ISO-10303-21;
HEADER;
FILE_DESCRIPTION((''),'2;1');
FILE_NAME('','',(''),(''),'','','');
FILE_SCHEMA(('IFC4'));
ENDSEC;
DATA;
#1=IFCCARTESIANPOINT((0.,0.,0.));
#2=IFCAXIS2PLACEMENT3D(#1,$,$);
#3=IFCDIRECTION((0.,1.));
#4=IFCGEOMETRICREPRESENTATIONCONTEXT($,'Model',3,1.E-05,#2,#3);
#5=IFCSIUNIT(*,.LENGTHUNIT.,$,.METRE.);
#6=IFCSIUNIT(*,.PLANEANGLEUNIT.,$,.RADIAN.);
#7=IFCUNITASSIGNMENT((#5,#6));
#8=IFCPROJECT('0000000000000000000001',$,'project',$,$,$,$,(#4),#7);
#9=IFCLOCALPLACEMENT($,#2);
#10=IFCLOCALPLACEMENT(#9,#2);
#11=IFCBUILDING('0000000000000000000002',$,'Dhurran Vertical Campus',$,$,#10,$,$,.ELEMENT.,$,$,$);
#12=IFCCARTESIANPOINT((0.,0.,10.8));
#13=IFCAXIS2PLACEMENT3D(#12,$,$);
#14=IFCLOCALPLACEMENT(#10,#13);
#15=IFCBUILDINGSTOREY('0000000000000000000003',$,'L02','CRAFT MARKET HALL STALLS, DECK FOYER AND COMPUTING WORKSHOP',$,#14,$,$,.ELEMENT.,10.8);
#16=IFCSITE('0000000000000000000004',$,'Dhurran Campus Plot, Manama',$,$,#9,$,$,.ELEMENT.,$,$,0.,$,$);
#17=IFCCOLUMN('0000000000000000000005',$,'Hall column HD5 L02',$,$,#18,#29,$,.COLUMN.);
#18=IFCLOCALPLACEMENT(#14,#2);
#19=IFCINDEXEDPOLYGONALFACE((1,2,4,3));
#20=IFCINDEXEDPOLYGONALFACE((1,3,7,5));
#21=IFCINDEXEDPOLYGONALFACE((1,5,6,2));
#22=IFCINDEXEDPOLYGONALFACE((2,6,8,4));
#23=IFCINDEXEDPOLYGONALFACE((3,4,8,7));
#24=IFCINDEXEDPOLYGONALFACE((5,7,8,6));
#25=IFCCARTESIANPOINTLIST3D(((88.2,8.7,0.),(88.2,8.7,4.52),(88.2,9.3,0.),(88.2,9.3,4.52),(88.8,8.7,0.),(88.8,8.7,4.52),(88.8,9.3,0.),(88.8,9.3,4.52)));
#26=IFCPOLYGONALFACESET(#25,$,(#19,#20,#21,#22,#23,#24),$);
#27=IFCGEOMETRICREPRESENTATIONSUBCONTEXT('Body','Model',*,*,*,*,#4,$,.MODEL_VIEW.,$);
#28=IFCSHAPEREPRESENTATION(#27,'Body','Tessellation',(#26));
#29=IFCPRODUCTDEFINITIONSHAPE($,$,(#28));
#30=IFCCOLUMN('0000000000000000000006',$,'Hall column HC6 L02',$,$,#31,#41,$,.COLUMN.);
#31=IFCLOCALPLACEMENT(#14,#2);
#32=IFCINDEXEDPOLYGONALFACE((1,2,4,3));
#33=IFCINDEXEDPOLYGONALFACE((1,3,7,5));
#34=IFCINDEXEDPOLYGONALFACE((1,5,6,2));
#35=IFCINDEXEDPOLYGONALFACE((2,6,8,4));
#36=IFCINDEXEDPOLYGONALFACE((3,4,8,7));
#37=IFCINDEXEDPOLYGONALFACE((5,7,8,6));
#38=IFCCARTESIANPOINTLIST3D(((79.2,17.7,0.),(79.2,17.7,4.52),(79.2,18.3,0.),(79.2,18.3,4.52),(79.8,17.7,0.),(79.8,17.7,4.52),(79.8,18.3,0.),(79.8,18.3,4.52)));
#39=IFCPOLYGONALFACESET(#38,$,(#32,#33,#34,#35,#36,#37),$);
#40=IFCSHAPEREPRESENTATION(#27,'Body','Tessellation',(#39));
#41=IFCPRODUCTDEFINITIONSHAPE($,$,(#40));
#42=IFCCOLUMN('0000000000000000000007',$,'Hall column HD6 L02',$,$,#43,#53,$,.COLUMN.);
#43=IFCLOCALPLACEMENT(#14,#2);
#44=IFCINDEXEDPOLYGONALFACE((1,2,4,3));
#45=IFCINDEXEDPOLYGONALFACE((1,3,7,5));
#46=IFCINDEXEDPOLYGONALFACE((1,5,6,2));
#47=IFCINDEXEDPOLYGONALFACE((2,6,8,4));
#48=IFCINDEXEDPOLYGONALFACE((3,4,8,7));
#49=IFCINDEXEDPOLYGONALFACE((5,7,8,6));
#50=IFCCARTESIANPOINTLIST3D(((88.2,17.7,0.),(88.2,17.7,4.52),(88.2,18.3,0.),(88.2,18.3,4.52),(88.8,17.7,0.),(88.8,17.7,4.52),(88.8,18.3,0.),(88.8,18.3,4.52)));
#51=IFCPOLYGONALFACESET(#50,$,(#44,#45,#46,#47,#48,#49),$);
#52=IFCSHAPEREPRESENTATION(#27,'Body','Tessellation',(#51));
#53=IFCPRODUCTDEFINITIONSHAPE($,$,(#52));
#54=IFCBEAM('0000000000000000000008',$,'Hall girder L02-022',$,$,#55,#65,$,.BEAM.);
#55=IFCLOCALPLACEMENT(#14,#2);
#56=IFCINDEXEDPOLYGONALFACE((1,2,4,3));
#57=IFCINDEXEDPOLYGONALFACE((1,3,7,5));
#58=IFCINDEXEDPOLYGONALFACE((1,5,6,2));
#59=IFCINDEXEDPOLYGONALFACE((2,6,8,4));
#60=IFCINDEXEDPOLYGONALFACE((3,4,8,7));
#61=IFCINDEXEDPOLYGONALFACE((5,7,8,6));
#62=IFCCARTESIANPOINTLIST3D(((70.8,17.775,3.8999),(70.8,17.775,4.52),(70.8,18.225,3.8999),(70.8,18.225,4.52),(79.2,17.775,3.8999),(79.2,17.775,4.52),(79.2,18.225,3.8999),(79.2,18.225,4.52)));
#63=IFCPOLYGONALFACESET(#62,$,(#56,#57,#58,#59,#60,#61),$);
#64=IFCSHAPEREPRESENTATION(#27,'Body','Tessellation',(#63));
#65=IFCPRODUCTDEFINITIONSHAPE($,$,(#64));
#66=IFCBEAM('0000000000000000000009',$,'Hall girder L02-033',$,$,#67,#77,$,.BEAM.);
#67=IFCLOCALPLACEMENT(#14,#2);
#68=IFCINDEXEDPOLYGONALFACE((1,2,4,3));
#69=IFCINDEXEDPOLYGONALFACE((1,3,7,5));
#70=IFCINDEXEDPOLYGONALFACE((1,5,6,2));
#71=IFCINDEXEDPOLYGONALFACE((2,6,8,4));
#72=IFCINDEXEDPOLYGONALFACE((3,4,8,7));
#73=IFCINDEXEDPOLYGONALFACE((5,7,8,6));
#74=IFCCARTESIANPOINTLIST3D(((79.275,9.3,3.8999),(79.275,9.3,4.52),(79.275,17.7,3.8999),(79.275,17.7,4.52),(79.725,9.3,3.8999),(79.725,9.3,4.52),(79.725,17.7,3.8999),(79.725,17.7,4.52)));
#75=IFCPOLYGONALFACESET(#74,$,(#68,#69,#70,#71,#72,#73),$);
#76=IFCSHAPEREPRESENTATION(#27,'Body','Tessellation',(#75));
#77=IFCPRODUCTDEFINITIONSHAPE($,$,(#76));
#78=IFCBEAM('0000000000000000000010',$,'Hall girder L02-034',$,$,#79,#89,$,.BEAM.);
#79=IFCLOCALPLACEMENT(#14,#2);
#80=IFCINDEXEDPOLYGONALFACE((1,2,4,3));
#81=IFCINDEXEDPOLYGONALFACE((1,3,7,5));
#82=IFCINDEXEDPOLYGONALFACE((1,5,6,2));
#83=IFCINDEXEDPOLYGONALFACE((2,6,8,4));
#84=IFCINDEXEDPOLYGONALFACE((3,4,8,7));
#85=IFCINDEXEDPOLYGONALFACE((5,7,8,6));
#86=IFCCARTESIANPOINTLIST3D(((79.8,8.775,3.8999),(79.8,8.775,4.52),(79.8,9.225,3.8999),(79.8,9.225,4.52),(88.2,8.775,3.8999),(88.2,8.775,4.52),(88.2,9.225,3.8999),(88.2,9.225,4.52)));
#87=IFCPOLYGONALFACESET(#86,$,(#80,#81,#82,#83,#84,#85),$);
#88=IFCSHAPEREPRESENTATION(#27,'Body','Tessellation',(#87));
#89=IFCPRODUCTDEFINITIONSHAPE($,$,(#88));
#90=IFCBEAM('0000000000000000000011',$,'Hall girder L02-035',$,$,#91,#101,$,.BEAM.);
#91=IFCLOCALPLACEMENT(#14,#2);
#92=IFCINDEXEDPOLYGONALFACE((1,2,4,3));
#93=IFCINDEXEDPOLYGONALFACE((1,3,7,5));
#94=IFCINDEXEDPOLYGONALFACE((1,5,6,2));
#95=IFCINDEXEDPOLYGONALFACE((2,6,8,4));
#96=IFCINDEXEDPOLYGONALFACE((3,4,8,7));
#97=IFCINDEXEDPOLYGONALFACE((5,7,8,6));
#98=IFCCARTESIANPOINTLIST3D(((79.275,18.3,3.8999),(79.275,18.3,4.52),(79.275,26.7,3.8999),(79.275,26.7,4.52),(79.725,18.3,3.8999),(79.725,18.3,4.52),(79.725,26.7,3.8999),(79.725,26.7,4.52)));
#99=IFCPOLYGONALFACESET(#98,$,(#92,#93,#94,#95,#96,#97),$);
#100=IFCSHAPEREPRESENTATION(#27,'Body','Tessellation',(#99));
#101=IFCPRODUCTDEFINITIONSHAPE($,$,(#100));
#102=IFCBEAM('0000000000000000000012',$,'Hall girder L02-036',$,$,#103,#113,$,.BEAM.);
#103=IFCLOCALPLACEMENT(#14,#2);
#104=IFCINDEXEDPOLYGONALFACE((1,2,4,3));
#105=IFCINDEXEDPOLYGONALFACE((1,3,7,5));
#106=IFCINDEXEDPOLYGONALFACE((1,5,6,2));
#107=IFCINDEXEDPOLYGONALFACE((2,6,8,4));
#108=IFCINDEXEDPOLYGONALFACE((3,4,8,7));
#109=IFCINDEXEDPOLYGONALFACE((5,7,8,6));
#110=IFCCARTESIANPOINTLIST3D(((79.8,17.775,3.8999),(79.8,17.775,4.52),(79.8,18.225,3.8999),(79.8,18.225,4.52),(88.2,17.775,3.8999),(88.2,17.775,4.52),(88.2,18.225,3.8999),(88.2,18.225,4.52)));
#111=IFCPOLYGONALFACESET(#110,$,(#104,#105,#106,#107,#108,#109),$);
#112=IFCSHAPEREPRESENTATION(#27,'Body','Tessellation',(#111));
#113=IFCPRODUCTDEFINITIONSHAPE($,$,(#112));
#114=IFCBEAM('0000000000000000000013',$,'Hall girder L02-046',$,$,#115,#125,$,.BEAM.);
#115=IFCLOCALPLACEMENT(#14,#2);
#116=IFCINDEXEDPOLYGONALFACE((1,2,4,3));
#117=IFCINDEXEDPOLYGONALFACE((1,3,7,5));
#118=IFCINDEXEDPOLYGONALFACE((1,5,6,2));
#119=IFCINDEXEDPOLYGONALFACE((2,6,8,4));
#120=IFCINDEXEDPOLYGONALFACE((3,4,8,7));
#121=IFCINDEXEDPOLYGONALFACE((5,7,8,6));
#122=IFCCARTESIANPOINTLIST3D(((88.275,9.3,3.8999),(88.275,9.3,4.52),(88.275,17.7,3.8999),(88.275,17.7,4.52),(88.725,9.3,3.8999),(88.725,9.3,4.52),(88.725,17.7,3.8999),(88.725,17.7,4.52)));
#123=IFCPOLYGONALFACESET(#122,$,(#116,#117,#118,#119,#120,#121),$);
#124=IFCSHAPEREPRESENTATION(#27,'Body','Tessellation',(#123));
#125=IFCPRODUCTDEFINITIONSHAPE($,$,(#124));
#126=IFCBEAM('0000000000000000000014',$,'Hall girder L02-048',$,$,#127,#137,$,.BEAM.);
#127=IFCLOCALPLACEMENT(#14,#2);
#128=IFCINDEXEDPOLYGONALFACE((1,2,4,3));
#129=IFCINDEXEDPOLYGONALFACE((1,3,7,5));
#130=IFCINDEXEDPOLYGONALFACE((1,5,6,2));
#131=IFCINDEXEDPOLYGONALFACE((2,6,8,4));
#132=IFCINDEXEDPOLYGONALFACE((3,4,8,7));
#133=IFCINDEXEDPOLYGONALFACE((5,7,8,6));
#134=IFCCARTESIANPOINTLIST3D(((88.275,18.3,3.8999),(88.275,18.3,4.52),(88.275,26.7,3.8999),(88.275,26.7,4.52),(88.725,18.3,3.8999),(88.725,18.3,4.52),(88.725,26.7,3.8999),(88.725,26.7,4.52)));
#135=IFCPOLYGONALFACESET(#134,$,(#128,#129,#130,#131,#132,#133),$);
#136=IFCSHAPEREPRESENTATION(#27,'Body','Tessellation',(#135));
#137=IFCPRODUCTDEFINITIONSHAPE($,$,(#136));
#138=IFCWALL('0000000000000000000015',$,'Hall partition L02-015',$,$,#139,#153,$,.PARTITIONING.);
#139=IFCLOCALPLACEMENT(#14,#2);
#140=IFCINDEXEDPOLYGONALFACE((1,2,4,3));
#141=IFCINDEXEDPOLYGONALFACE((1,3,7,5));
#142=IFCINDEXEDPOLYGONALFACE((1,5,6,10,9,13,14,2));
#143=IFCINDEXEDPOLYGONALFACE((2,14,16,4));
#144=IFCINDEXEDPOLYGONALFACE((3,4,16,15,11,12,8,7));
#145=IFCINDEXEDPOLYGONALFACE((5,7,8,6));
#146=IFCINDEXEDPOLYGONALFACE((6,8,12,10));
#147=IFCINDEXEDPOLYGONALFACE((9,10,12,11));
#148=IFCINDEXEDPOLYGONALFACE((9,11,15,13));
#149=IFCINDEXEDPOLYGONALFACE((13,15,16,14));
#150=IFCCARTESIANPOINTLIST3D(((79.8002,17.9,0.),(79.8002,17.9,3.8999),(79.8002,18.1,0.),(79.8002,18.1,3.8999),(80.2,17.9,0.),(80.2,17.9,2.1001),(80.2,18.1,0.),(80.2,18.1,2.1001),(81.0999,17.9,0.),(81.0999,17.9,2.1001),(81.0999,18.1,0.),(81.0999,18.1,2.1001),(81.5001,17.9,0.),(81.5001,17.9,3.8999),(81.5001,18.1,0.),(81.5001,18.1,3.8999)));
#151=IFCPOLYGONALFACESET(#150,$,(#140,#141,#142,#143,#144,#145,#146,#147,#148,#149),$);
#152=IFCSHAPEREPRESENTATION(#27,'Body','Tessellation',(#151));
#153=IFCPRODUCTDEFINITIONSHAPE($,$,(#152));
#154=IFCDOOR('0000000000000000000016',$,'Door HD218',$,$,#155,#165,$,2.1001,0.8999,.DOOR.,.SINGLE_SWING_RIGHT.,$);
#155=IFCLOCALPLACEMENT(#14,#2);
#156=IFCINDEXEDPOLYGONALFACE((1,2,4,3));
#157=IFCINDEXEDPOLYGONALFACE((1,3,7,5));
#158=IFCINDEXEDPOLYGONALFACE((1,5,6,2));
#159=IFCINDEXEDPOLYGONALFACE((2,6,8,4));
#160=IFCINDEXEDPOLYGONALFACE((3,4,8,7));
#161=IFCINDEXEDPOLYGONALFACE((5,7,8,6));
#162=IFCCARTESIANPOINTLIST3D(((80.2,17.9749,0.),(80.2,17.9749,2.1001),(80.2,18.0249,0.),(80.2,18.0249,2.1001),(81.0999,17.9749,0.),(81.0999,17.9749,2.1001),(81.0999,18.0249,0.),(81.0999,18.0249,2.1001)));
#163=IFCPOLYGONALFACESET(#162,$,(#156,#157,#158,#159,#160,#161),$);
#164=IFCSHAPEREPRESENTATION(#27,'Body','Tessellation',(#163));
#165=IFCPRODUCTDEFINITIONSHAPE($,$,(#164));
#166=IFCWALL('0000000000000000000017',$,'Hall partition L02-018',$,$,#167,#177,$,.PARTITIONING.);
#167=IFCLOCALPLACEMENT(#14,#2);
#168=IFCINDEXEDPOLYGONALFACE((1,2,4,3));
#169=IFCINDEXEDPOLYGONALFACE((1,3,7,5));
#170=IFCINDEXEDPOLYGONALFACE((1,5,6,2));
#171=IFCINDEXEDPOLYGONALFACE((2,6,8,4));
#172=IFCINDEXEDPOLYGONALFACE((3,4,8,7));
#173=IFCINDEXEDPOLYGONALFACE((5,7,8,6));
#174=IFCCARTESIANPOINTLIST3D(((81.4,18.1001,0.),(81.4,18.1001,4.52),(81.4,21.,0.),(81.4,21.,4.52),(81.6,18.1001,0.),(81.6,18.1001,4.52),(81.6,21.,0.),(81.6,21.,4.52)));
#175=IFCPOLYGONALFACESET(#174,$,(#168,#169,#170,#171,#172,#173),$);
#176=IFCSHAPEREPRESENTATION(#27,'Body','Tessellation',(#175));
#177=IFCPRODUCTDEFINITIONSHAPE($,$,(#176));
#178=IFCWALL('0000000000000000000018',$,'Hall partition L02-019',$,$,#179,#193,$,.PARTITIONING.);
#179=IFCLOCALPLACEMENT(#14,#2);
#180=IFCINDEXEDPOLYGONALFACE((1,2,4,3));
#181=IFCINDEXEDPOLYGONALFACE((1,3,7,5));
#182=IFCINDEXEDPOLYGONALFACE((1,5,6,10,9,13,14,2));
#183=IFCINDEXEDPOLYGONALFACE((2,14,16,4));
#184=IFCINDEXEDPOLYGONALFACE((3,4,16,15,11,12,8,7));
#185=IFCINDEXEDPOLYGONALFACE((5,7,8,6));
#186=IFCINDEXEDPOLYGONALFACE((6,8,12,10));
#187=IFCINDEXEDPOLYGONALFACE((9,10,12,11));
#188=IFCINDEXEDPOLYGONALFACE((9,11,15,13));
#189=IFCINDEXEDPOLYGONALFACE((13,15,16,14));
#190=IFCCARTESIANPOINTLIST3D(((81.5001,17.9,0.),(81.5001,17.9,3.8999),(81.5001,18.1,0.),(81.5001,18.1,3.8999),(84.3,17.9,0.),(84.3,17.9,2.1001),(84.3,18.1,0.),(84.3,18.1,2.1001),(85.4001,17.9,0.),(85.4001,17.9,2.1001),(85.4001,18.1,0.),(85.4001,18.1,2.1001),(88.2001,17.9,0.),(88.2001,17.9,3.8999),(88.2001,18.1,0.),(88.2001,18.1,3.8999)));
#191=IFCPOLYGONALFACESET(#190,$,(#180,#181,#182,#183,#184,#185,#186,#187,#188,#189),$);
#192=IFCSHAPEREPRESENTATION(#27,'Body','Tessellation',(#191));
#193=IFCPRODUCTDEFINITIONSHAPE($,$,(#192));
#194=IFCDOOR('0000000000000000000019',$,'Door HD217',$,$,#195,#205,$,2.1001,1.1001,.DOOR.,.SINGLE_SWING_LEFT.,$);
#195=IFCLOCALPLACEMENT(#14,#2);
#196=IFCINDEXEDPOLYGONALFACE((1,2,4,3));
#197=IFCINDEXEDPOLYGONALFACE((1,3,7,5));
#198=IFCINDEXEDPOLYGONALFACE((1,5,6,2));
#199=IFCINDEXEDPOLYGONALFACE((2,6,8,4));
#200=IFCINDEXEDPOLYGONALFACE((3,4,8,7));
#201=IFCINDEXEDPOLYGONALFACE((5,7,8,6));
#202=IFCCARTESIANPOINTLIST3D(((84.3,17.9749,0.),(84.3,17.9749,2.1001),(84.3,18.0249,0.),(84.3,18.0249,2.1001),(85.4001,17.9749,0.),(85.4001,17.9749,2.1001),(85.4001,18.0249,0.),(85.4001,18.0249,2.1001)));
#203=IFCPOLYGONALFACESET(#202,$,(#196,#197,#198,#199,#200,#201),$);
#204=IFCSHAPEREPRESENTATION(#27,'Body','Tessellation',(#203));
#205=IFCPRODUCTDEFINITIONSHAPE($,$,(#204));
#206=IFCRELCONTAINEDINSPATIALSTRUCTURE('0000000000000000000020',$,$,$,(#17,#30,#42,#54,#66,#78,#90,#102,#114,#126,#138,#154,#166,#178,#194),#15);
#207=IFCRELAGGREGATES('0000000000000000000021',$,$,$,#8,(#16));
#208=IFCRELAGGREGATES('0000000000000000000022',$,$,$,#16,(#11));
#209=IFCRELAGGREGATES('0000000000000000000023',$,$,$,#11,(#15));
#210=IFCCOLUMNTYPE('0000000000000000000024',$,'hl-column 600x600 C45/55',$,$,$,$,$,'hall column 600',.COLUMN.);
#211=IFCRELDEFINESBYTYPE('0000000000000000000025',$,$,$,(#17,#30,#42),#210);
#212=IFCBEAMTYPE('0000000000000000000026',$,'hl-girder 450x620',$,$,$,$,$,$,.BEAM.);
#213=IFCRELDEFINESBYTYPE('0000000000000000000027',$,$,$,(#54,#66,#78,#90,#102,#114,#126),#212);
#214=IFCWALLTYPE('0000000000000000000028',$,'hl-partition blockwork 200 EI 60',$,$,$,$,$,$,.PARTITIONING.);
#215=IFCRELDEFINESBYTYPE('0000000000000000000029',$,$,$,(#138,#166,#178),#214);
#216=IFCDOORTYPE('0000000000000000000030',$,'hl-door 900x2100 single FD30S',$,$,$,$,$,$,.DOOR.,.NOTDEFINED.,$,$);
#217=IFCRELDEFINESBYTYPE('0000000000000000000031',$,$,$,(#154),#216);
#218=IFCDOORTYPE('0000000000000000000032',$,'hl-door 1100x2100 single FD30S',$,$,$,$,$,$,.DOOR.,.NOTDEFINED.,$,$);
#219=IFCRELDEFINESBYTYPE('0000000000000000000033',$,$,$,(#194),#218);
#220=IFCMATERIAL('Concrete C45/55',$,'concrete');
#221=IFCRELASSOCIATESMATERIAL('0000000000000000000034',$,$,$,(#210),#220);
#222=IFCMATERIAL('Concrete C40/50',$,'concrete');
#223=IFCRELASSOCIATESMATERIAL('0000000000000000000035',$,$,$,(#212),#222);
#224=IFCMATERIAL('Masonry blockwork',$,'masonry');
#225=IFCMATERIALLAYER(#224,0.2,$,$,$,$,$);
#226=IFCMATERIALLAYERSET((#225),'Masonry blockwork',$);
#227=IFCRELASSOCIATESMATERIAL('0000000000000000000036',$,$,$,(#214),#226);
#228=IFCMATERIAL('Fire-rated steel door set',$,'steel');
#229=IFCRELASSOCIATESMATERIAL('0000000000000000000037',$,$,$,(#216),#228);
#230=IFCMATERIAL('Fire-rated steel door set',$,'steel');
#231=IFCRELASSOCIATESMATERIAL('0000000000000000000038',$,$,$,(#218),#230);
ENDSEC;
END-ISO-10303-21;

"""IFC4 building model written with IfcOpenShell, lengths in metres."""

from ifc_helpers import new_model, si_unit, direction, frame, frame_2d, origin, origin_2d, place, context, subcontext, project, spatial, rectangle, extrude, material, layer, layer_set, material_profile, profile_set, type_object, element, fill, save


model = new_model("IFC4")

# Units and contexts
model_context = context("Model", 3, precision=1e-05, world=origin(), true_north=direction((0.0, 1.0)))
body_context = subcontext(model_context, "Body", "Model", "MODEL_VIEW")
ifc_project = project(units=[si_unit("LENGTHUNIT", "METRE"), si_unit("PLANEANGLEUNIT", "RADIAN")], contexts=[model_context])

# Site, building, storey
site_placement = place(None, origin())
site = spatial("IfcSite", under=ifc_project, at=site_placement, Name="Dhurran Campus Plot, Manama", CompositionType="ELEMENT", RefElevation=0.0)
building_placement = place(site_placement, origin())
building = spatial("IfcBuilding", under=site, at=building_placement, Name="Dhurran Vertical Campus", CompositionType="ELEMENT")
storey_placement = place(building_placement, frame((0.0, 0.0, 10.8)))
storey = spatial("IfcBuildingStorey", under=building, at=storey_placement, Name="L02", Description="CRAFT MARKET HALL STALLS, DECK FOYER AND COMPUTING WORKSHOP", CompositionType="ELEMENT", Elevation=10.8)

# Columns
ifc_material_1 = material(Name="Concrete C45/55", Category="concrete")
ifc_material_profile_1 = material_profile(ifc_material_1, rectangle(XDim=0.6001, YDim=0.6001, at=origin_2d()), Name="hl-column 600x600 C45/55")
ifc_profile_set_1 = profile_set([ifc_material_profile_1], Name="Concrete C45/55")
column_type = type_object("IfcColumnType", Name="hl-column 600x600 C45/55", ElementType="hall column 600", PredefinedType="COLUMN", material=ifc_profile_set_1)
for number, where, z_axis, x_axis, name in (
    (1, (88.5, 9.0, 0.0), (0.0, 0.0, 1.0), (1.0, 0.0, 0.0), "Hall column HD5 L02"),
    (2, (79.5, 18.0, 0.0), (0.0, 0.0, 1.0), (1.0, 0.0, 0.0), "Hall column HC6 L02"),
    (3, (88.5, 18.0, 0.0), (0.0, 0.0, 1.0), (1.0, 0.0, 0.0), "Hall column HD6 L02"),
):
    element("IfcColumn", number, at=place(storey_placement, frame(where, z_axis=z_axis, x_axis=x_axis)), inside=storey, type_object=column_type, Name=name, PredefinedType="COLUMN", context=body_context, shape_type="SweptSolid", body=[
        extrude(rectangle(XDim=0.6001, YDim=0.6001, at=origin_2d()), origin(), (0.0, 0.0, 1.0), 4.52),
    ])

# Beams
ifc_material_2 = material(Name="Concrete C40/50", Category="concrete")
ifc_material_profile_2 = material_profile(ifc_material_2, rectangle(XDim=0.45, YDim=0.6201, at=origin_2d()), Name="hl-girder 450x620")
ifc_profile_set_2 = profile_set([ifc_material_profile_2], Name="Concrete C40/50")
beam_type = type_object("IfcBeamType", Name="hl-girder 450x620", PredefinedType="BEAM", material=ifc_profile_set_2)
for number, where, z_axis, x_axis, name in (
    (4, (70.8, 18.0, 4.21), (1.0, 0.0, 0.0), (0.0, 1.0, 0.0), "Hall girder L02-022"),
    (5, (79.5, 9.3, 4.21), (0.0, 1.0, 0.0), (-1.0, 0.0, 0.0), "Hall girder L02-033"),
    (6, (79.8, 9.0, 4.21), (1.0, 0.0, 0.0), (0.0, 1.0, 0.0), "Hall girder L02-034"),
    (7, (79.5, 18.3, 4.21), (0.0, 1.0, 0.0), (-1.0, 0.0, 0.0), "Hall girder L02-035"),
    (8, (79.8, 18.0, 4.21), (1.0, 0.0, 0.0), (0.0, 1.0, 0.0), "Hall girder L02-036"),
    (9, (88.5, 9.3, 4.21), (0.0, 1.0, 0.0), (-1.0, 0.0, 0.0), "Hall girder L02-046"),
    (10, (88.5, 18.3, 4.21), (0.0, 1.0, 0.0), (-1.0, 0.0, 0.0), "Hall girder L02-048"),
):
    element("IfcBeam", number, at=place(storey_placement, frame(where, z_axis=z_axis, x_axis=x_axis)), inside=storey, type_object=beam_type, Name=name, PredefinedType="BEAM", context=body_context, shape_type="SweptSolid", body=[
        extrude(rectangle(XDim=0.45, YDim=0.6201, at=origin_2d()), origin(), (0.0, 0.0, 1.0), 8.3999),
    ])

# Wall, opening, door
ifc_material_3 = material(Name="Masonry blockwork", Category="masonry")
ifc_layer_1 = layer(ifc_material_3, 0.2)
ifc_layer_set_1 = layer_set([ifc_layer_1], Name="Masonry blockwork")
wall_type_1 = type_object("IfcWallType", Name="hl-partition blockwork 200 EI 60", PredefinedType="PARTITIONING", material=ifc_layer_set_1)
wall_1_placement = place(storey_placement, frame((79.8, 18.0, 0.0), z_axis=(0.0, 0.0, 1.0), x_axis=(1.0, 0.0, 0.0)))
wall_1 = element("IfcWall", 11, at=wall_1_placement, inside=storey, type_object=wall_type_1, Name="Hall partition L02-015", PredefinedType="PARTITIONING", context=body_context, shape_type="SweptSolid", body=[
    extrude(rectangle(XDim=1.7, YDim=0.2, at=frame_2d((0.8501, 0.0))), origin(), (0.0, 0.0, 1.0), 3.8999),
])
opening_1_placement = place(wall_1_placement, frame((0.3999, 0.0, 0.0)))
opening_1 = element("IfcOpeningElement", 12, at=opening_1_placement, cuts=wall_1, PredefinedType="OPENING", context=body_context, shape_type="SweptSolid", body=[
    extrude(rectangle(XDim=0.8999, YDim=2.1001, at=frame_2d((0.45, 1.05))), frame((0.0, 0.1099, 0.0), z_axis=(0.0, -1.0, 0.0), x_axis=(1.0, 0.0, 0.0)), (0.0, 0.0, 1.0), 0.22),
])
ifc_material_4 = material(Name="Fire-rated steel door set", Category="steel")
door_type_1 = type_object("IfcDoorType", Name="hl-door 900x2100 single FD30S", OperationType="NOTDEFINED", PredefinedType="DOOR", material=ifc_material_4)
door_1_placement = place(opening_1_placement, origin())
door_1 = element("IfcDoor", 13, at=door_1_placement, inside=storey, type_object=door_type_1, Name="Door HD218", OperationType="SINGLE_SWING_RIGHT", OverallHeight=2.1001, OverallWidth=0.8999, PredefinedType="DOOR", context=body_context, shape_type="SweptSolid", body=[
    extrude(rectangle(XDim=0.8999, YDim=2.1001, at=frame_2d((0.45, 1.05))), frame((0.0, 0.0249, 0.0), z_axis=(0.0, -1.0, 0.0), x_axis=(1.0, 0.0, 0.0)), (0.0, 0.0, 1.0), 0.05),
])
fill(opening_1, door_1)

# Wall
wall_2_placement = place(storey_placement, frame((81.5, 18.1001, 0.0), z_axis=(0.0, 0.0, 1.0), x_axis=(0.0, 1.0, 0.0)))
element("IfcWall", 14, at=wall_2_placement, inside=storey, type_object=wall_type_1, Name="Hall partition L02-018", PredefinedType="PARTITIONING", context=body_context, shape_type="SweptSolid", body=[
    extrude(rectangle(XDim=2.8999, YDim=0.2, at=frame_2d((1.45, 0.0))), origin(), (0.0, 0.0, 1.0), 4.52),
])

# Wall, opening, door
wall_3_placement = place(storey_placement, frame((81.5, 18.0, 0.0), z_axis=(0.0, 0.0, 1.0), x_axis=(1.0, 0.0, 0.0)))
wall_3 = element("IfcWall", 15, at=wall_3_placement, inside=storey, type_object=wall_type_1, Name="Hall partition L02-019", PredefinedType="PARTITIONING", context=body_context, shape_type="SweptSolid", body=[
    extrude(rectangle(XDim=6.7, YDim=0.2, at=frame_2d((3.3501, 0.0))), origin(), (0.0, 0.0, 1.0), 3.8999),
])
opening_2_placement = place(wall_3_placement, frame((2.8, 0.0, 0.0)))
opening_2 = element("IfcOpeningElement", 16, at=opening_2_placement, cuts=wall_3, PredefinedType="OPENING", context=body_context, shape_type="SweptSolid", body=[
    extrude(rectangle(XDim=1.1001, YDim=2.1001, at=frame_2d((0.55, 1.05))), frame((0.0, 0.1099, 0.0), z_axis=(0.0, -1.0, 0.0), x_axis=(1.0, 0.0, 0.0)), (0.0, 0.0, 1.0), 0.22),
])
ifc_material_5 = material(Name="Fire-rated steel door set", Category="steel")
door_type_2 = type_object("IfcDoorType", Name="hl-door 1100x2100 single FD30S", OperationType="NOTDEFINED", PredefinedType="DOOR", material=ifc_material_5)
door_2_placement = place(opening_2_placement, origin())
door_2 = element("IfcDoor", 17, at=door_2_placement, inside=storey, type_object=door_type_2, Name="Door HD217", OperationType="SINGLE_SWING_LEFT", OverallHeight=2.1001, OverallWidth=1.1001, PredefinedType="DOOR", context=body_context, shape_type="SweptSolid", body=[
    extrude(rectangle(XDim=1.1001, YDim=2.1001, at=frame_2d((0.55, 1.05))), frame((0.0, 0.0249, 0.0), z_axis=(0.0, -1.0, 0.0), x_axis=(1.0, 0.0, 0.0)), (0.0, 0.0, 1.0), 0.05),
])
fill(opening_2, door_2)

save(model, "model.ifc")
